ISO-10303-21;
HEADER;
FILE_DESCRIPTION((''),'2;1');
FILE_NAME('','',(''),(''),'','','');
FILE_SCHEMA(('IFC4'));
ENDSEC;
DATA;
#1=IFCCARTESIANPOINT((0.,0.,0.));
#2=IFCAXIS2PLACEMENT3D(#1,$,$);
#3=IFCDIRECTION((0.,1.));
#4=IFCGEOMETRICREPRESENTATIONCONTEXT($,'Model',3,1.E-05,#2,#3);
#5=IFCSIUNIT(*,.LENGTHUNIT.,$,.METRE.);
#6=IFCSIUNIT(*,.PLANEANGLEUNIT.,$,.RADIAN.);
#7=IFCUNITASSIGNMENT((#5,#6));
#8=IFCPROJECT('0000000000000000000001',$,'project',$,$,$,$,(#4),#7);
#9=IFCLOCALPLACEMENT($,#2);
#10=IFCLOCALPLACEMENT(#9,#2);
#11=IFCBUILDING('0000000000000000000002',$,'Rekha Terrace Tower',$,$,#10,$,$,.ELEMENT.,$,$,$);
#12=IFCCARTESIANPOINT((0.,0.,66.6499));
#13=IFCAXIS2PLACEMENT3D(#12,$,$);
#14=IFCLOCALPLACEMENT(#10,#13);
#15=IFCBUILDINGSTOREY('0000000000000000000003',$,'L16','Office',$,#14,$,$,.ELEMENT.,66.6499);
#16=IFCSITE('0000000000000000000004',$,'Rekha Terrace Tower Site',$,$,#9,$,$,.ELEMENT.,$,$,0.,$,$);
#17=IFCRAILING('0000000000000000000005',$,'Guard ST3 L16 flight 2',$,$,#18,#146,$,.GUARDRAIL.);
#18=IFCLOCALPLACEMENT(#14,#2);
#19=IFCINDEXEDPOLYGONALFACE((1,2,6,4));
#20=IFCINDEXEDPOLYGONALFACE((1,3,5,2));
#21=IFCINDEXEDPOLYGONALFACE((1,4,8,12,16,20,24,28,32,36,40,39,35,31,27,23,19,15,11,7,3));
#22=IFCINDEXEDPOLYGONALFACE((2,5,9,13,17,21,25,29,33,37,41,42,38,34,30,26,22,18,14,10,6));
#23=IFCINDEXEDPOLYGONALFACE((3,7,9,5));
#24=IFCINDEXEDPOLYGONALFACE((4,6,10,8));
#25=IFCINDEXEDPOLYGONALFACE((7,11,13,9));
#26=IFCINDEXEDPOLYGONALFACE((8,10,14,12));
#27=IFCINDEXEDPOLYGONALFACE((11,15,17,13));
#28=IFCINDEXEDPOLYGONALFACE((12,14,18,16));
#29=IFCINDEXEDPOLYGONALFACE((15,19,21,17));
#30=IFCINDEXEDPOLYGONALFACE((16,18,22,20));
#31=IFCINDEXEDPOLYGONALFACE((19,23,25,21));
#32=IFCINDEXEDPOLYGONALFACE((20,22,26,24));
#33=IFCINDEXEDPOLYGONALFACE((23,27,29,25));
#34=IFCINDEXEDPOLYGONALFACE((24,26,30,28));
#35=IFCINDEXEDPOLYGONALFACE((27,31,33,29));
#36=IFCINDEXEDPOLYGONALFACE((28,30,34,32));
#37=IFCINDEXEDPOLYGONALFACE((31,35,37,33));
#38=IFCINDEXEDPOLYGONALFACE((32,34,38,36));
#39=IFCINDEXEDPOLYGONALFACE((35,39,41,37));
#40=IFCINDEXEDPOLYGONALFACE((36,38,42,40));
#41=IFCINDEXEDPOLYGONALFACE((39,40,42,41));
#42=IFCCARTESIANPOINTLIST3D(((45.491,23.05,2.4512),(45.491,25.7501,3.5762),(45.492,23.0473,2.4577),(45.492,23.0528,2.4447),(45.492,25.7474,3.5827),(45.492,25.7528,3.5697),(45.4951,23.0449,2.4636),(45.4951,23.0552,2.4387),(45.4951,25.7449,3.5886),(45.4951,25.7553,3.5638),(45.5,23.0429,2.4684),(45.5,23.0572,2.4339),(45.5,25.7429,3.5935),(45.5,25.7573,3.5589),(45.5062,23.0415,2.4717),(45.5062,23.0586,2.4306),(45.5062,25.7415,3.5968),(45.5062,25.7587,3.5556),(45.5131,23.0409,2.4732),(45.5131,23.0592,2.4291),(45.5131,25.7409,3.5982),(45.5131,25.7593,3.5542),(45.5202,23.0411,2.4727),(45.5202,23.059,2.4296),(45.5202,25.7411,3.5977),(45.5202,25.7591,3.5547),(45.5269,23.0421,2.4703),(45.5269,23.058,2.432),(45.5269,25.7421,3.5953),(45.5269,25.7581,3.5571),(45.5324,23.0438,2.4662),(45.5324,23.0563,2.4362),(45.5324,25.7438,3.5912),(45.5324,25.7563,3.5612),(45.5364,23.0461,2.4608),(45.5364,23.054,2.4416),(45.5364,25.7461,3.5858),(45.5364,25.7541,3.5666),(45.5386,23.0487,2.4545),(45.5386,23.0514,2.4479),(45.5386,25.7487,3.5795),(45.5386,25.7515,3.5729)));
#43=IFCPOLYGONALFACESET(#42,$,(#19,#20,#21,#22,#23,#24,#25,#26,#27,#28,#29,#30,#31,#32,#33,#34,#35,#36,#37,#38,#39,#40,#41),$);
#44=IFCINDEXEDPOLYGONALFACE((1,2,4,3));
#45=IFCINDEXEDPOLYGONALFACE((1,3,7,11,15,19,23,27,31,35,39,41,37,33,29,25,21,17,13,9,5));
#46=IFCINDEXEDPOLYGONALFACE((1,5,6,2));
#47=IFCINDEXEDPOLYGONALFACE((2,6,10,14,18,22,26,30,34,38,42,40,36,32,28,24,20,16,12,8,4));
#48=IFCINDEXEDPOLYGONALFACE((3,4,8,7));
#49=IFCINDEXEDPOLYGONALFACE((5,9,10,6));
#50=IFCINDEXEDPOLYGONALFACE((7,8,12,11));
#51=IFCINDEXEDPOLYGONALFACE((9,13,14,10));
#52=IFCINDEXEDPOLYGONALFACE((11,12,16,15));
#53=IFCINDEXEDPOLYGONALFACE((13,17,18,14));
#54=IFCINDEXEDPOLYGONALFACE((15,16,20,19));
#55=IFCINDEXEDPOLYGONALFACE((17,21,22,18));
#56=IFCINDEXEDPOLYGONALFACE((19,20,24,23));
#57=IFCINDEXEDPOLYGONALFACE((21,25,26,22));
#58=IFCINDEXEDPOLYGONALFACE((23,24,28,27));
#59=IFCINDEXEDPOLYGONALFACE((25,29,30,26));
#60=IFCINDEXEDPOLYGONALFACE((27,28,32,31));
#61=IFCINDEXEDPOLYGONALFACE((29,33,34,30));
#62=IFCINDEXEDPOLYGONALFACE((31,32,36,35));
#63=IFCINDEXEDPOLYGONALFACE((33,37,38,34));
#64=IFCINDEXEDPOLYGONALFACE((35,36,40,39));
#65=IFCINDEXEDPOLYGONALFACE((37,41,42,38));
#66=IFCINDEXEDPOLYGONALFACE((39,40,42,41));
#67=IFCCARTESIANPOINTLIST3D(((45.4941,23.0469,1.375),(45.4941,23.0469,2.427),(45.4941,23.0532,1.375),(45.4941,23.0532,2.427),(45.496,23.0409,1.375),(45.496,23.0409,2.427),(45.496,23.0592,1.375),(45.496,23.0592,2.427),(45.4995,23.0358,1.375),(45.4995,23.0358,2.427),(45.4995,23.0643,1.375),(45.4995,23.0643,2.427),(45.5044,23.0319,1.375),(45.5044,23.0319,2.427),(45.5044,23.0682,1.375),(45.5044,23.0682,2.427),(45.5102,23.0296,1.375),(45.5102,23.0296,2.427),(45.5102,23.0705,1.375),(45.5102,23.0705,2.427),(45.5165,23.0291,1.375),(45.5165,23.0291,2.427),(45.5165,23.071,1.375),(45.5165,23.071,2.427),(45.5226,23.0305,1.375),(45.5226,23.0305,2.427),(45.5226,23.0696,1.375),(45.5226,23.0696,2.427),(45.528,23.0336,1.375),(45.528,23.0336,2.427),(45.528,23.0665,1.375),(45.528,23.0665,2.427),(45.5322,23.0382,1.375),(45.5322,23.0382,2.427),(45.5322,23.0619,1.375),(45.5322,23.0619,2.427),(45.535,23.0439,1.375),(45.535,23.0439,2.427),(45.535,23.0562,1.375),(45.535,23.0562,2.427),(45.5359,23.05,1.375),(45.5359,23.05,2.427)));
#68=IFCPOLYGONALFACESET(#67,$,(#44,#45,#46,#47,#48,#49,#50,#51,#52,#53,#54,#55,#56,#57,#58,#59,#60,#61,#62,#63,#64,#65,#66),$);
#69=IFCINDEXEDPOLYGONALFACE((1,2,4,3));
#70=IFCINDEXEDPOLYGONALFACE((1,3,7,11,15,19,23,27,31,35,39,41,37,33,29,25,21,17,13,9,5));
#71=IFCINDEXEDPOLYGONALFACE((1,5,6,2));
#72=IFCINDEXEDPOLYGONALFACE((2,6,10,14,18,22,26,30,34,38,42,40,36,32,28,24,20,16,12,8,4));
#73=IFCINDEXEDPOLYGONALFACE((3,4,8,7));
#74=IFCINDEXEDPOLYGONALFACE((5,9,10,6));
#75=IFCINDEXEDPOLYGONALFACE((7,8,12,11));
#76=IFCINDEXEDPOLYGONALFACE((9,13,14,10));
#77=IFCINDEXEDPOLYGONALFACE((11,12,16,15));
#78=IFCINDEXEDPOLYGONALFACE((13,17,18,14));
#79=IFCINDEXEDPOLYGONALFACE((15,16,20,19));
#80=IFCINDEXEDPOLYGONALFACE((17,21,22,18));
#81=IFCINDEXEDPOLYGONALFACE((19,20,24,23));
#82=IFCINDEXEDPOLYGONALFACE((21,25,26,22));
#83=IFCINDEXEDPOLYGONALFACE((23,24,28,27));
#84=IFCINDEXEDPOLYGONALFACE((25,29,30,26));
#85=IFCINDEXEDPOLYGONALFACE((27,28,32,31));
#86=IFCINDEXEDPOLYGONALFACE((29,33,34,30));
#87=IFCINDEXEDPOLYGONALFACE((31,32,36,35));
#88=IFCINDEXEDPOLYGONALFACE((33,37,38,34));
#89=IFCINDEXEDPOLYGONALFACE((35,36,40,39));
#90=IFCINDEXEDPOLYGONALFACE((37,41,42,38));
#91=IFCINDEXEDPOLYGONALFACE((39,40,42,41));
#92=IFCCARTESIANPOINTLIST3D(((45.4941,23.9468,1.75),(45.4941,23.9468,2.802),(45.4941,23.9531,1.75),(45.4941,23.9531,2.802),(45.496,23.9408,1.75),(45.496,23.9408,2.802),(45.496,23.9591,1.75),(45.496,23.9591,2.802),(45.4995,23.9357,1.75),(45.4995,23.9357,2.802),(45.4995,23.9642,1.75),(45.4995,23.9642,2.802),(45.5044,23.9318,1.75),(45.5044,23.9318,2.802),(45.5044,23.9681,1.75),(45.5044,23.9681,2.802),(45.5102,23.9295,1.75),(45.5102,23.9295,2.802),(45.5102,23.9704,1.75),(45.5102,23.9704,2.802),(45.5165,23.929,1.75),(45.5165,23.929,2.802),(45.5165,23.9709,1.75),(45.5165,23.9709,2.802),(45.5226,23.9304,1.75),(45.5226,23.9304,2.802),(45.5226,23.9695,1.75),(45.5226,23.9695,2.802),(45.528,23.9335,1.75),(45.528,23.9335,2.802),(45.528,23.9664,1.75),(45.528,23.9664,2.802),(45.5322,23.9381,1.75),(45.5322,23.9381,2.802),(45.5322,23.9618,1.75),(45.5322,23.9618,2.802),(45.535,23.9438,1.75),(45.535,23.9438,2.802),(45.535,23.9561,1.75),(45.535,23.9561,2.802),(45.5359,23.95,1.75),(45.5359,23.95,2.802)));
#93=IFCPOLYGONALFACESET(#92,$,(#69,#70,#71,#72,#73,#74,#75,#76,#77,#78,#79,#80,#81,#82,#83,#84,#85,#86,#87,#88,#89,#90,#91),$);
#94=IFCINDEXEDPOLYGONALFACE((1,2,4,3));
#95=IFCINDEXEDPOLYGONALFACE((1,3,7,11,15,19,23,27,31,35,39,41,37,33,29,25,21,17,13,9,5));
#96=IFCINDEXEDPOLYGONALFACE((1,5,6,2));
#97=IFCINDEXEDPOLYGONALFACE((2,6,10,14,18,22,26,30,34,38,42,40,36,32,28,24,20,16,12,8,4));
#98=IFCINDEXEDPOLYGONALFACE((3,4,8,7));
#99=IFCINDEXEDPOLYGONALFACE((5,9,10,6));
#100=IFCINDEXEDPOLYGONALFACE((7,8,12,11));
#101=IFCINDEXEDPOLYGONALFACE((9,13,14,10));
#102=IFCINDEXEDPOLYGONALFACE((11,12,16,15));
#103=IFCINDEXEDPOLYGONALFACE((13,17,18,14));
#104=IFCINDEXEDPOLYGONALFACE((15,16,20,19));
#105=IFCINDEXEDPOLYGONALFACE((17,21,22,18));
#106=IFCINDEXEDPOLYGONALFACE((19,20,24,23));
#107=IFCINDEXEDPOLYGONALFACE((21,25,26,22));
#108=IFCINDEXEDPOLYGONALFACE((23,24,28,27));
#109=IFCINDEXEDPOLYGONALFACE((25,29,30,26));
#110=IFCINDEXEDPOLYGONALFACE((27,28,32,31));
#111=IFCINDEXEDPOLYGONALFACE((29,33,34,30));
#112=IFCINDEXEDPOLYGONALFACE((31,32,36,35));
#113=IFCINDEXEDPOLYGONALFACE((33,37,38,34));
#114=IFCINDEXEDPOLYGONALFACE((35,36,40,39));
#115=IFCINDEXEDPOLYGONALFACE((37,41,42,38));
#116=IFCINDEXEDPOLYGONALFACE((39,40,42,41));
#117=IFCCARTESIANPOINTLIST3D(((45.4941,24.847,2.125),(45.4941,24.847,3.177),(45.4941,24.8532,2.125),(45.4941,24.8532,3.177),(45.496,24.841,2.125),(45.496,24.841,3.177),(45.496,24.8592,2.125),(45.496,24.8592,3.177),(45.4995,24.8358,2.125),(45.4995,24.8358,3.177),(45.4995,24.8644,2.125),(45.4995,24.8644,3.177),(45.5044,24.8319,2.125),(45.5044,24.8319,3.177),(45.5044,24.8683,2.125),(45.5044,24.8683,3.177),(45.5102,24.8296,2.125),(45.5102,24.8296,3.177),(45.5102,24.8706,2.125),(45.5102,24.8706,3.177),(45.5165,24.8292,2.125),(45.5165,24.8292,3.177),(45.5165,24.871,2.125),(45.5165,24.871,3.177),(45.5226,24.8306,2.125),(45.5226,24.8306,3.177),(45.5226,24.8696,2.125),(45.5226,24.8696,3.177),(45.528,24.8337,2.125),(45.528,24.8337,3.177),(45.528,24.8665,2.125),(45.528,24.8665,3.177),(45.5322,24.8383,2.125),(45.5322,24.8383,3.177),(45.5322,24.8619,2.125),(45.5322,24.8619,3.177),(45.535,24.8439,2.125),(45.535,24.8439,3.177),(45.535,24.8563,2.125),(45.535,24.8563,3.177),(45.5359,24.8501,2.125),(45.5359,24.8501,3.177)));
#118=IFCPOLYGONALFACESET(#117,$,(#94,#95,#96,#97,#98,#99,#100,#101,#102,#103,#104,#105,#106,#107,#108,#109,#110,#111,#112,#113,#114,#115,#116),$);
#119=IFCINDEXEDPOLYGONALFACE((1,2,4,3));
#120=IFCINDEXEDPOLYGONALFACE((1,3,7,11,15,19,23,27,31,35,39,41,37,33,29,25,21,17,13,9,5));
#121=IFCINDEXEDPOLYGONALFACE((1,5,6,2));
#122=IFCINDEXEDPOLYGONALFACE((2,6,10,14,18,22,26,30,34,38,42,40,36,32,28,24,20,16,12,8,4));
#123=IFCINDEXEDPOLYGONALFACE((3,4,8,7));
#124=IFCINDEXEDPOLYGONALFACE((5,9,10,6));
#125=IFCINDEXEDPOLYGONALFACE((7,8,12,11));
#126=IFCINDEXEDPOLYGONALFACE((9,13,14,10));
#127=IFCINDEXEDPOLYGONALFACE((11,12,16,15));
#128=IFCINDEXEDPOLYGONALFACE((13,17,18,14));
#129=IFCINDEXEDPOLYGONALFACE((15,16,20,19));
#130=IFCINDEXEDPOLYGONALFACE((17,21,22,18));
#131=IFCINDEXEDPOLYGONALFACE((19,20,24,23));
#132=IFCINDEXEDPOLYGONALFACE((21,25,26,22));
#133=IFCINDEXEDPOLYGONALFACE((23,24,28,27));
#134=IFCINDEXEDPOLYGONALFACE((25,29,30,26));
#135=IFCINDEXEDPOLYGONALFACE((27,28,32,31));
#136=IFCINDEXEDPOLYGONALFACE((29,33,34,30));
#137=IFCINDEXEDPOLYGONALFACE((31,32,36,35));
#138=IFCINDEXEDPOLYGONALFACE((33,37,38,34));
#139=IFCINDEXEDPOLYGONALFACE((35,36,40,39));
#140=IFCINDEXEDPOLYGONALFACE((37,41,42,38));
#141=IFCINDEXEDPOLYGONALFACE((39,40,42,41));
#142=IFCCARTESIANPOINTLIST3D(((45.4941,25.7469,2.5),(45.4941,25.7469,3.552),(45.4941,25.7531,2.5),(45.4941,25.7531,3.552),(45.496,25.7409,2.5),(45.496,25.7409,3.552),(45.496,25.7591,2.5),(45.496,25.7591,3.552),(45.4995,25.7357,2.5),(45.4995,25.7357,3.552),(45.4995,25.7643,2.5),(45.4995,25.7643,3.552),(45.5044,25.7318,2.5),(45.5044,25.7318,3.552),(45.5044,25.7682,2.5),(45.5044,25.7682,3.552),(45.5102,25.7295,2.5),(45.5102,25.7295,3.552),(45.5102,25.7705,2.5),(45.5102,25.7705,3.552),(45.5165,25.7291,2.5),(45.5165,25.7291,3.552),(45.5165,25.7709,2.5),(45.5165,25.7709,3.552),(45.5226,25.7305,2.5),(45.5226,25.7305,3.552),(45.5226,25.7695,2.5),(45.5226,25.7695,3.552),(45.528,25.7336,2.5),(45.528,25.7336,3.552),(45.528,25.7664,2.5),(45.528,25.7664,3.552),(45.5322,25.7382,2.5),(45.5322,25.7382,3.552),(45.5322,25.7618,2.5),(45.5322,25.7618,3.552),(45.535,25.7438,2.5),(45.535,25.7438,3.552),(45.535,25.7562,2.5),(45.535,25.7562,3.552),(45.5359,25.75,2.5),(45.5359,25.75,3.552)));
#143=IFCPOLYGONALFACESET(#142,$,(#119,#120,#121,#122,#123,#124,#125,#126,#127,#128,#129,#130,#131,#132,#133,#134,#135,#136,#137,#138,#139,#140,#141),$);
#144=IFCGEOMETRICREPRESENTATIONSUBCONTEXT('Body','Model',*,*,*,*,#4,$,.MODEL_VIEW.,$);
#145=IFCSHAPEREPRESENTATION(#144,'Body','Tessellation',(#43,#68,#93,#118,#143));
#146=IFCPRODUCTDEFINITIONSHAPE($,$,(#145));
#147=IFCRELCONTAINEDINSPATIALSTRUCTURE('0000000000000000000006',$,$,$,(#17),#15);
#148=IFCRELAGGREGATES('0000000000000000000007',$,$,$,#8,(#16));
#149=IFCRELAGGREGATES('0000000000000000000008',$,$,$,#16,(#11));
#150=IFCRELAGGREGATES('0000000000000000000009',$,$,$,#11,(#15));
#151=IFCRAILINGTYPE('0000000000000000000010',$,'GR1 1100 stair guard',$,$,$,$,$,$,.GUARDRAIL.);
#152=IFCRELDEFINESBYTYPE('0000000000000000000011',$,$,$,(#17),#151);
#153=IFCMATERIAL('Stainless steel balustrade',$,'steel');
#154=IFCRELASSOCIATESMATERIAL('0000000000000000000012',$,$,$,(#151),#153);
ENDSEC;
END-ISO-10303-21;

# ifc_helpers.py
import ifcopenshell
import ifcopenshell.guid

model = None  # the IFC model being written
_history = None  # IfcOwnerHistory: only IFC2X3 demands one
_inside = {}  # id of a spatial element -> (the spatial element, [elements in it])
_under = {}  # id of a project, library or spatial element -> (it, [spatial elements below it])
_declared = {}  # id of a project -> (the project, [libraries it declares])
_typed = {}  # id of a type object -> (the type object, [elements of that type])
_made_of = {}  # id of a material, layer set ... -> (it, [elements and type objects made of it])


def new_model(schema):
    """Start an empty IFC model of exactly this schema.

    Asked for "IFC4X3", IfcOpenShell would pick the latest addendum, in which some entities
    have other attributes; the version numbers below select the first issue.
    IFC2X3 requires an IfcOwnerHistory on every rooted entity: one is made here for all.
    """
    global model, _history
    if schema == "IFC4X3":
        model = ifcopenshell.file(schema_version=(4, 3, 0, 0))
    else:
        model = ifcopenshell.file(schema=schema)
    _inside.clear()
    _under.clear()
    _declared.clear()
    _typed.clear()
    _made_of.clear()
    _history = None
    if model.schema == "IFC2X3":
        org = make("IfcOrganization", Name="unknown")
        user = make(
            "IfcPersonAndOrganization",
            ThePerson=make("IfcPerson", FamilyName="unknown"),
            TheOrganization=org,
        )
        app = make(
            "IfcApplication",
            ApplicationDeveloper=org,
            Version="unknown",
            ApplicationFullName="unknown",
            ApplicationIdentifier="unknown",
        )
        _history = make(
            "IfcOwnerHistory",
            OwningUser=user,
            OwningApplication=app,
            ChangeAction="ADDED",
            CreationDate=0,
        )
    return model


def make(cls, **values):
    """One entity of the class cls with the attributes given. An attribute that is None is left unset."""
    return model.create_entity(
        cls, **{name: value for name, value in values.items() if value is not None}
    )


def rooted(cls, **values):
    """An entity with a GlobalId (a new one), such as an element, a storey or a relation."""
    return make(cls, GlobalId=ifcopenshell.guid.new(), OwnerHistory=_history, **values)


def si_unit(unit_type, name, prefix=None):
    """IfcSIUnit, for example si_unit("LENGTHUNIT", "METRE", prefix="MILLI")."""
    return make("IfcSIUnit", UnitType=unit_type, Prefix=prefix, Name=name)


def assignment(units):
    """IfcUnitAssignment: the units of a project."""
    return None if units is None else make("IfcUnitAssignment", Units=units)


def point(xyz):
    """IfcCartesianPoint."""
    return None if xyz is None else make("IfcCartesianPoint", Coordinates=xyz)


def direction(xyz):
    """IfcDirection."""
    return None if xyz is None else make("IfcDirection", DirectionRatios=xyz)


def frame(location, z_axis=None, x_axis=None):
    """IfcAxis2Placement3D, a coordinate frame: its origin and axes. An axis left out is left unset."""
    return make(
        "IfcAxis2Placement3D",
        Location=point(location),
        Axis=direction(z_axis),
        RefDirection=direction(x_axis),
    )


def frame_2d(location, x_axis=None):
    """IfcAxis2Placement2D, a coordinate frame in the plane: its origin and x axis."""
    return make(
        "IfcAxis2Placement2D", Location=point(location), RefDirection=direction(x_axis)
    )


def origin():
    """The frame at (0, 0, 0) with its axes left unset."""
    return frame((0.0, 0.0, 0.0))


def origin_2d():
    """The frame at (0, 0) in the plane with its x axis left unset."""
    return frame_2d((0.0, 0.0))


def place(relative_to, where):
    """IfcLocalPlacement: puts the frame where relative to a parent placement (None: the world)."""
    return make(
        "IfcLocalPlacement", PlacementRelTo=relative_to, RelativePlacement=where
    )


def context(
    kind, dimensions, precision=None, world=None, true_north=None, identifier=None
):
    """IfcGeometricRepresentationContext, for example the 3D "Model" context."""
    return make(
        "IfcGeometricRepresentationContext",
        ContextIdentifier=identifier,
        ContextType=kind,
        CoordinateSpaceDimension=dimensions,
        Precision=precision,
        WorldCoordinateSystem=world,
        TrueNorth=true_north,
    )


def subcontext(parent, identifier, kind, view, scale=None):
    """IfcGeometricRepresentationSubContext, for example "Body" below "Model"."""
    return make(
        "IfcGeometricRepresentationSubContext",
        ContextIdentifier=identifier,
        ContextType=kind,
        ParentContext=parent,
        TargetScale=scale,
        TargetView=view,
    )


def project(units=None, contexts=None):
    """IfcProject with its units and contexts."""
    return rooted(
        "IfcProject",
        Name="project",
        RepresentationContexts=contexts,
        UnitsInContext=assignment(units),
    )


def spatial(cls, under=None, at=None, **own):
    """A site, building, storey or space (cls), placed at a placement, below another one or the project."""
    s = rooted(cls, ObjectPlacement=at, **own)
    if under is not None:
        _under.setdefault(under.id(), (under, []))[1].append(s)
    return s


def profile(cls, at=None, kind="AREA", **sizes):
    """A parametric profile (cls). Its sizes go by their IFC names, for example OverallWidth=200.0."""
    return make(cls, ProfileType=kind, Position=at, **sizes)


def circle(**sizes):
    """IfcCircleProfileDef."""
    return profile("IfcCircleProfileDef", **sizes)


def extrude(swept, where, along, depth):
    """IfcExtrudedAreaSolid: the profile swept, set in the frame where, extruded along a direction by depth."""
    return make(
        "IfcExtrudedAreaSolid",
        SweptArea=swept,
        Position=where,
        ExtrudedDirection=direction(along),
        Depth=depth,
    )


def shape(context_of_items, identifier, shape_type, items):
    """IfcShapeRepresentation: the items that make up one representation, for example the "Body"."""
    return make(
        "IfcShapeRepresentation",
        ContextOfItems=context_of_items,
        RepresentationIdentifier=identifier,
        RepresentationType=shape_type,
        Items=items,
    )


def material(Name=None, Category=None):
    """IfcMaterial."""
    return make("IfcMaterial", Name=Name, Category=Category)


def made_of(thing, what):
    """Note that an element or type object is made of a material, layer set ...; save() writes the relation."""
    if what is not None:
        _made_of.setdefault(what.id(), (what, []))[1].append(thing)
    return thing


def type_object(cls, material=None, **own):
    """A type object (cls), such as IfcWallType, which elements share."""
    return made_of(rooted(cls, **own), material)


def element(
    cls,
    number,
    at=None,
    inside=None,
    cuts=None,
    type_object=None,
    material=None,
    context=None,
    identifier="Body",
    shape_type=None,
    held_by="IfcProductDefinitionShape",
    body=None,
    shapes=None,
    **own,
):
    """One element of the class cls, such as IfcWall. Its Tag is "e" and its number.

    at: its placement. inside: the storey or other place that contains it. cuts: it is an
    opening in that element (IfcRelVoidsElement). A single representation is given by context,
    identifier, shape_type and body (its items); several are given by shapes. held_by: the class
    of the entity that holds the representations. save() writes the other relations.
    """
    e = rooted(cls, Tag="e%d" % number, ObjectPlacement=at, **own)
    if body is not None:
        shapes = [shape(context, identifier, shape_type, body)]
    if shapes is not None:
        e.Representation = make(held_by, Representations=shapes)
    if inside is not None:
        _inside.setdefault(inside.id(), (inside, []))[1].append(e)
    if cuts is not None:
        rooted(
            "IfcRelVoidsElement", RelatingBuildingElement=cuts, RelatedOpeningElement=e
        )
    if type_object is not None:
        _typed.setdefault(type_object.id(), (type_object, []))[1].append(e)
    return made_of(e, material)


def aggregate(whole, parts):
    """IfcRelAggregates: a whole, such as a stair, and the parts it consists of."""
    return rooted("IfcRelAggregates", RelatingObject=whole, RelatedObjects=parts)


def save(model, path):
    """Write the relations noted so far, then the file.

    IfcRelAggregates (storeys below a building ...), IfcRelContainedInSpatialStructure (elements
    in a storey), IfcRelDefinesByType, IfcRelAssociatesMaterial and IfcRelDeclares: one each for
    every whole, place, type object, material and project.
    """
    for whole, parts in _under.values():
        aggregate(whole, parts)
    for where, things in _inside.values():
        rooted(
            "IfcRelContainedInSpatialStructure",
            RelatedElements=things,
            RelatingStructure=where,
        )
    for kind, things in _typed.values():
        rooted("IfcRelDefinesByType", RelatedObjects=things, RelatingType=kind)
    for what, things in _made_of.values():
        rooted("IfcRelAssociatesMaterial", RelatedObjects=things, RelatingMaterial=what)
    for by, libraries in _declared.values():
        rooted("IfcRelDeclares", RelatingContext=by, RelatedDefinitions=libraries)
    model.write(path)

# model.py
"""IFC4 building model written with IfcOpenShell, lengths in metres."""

from ifc_helpers import new_model, si_unit, direction, frame, origin, origin_2d, place, context, subcontext, project, spatial, circle, extrude, material, type_object, element, save


model = new_model("IFC4")

# Units and contexts
model_context = context("Model", 3, precision=1e-05, world=origin(), true_north=direction((0.0, 1.0)))
body_context = subcontext(model_context, "Body", "Model", "MODEL_VIEW")
ifc_project = project(units=[si_unit("LENGTHUNIT", "METRE"), si_unit("PLANEANGLEUNIT", "RADIAN")], contexts=[model_context])

# Site, building, storey
site_placement = place(None, origin())
site = spatial("IfcSite", under=ifc_project, at=site_placement, Name="Rekha Terrace Tower Site", CompositionType="ELEMENT", RefElevation=0.0)
building_placement = place(site_placement, origin())
building = spatial("IfcBuilding", under=site, at=building_placement, Name="Rekha Terrace Tower", CompositionType="ELEMENT")
storey_placement = place(building_placement, frame((0.0, 0.0, 66.6499)))
storey = spatial("IfcBuildingStorey", under=building, at=storey_placement, Name="L16", Description="Office", CompositionType="ELEMENT", Elevation=66.6499)

# Railing
ifc_material_1 = material(Name="Stainless steel balustrade", Category="steel")
railing_type_1 = type_object("IfcRailingType", Name="GR1 1100 stair guard", PredefinedType="GUARDRAIL", material=ifc_material_1)
railing_1_placement = place(storey_placement, frame((45.5149, 23.05, 1.375)))
element("IfcRailing", 1, at=railing_1_placement, inside=storey, type_object=railing_type_1, Name="Guard ST3 L16 flight 2", PredefinedType="GUARDRAIL", context=body_context, shape_type="SweptSolid", body=[
    extrude(circle(Radius=0.0239, at=origin_2d()), frame((0.0, 0.0, 1.0762), z_axis=(0.0, 0.923074, 0.384621), x_axis=(-1.0, 0.0, 0.0)), (0.0, 0.0, 1.0), 2.925),
    extrude(circle(Radius=0.021, at=origin_2d()), origin(), (0.0, 0.0, 1.0), 1.052),
    extrude(circle(Radius=0.021, at=origin_2d()), frame((0.0, 0.8999, 0.375)), (0.0, 0.0, 1.0), 1.052),
    extrude(circle(Radius=0.021, at=origin_2d()), frame((0.0, 1.8, 0.75)), (0.0, 0.0, 1.0), 1.052),
    extrude(circle(Radius=0.021, at=origin_2d()), frame((0.0, 2.7, 1.125)), (0.0, 0.0, 1.0), 1.052),
])

save(model, "model.ifc")
